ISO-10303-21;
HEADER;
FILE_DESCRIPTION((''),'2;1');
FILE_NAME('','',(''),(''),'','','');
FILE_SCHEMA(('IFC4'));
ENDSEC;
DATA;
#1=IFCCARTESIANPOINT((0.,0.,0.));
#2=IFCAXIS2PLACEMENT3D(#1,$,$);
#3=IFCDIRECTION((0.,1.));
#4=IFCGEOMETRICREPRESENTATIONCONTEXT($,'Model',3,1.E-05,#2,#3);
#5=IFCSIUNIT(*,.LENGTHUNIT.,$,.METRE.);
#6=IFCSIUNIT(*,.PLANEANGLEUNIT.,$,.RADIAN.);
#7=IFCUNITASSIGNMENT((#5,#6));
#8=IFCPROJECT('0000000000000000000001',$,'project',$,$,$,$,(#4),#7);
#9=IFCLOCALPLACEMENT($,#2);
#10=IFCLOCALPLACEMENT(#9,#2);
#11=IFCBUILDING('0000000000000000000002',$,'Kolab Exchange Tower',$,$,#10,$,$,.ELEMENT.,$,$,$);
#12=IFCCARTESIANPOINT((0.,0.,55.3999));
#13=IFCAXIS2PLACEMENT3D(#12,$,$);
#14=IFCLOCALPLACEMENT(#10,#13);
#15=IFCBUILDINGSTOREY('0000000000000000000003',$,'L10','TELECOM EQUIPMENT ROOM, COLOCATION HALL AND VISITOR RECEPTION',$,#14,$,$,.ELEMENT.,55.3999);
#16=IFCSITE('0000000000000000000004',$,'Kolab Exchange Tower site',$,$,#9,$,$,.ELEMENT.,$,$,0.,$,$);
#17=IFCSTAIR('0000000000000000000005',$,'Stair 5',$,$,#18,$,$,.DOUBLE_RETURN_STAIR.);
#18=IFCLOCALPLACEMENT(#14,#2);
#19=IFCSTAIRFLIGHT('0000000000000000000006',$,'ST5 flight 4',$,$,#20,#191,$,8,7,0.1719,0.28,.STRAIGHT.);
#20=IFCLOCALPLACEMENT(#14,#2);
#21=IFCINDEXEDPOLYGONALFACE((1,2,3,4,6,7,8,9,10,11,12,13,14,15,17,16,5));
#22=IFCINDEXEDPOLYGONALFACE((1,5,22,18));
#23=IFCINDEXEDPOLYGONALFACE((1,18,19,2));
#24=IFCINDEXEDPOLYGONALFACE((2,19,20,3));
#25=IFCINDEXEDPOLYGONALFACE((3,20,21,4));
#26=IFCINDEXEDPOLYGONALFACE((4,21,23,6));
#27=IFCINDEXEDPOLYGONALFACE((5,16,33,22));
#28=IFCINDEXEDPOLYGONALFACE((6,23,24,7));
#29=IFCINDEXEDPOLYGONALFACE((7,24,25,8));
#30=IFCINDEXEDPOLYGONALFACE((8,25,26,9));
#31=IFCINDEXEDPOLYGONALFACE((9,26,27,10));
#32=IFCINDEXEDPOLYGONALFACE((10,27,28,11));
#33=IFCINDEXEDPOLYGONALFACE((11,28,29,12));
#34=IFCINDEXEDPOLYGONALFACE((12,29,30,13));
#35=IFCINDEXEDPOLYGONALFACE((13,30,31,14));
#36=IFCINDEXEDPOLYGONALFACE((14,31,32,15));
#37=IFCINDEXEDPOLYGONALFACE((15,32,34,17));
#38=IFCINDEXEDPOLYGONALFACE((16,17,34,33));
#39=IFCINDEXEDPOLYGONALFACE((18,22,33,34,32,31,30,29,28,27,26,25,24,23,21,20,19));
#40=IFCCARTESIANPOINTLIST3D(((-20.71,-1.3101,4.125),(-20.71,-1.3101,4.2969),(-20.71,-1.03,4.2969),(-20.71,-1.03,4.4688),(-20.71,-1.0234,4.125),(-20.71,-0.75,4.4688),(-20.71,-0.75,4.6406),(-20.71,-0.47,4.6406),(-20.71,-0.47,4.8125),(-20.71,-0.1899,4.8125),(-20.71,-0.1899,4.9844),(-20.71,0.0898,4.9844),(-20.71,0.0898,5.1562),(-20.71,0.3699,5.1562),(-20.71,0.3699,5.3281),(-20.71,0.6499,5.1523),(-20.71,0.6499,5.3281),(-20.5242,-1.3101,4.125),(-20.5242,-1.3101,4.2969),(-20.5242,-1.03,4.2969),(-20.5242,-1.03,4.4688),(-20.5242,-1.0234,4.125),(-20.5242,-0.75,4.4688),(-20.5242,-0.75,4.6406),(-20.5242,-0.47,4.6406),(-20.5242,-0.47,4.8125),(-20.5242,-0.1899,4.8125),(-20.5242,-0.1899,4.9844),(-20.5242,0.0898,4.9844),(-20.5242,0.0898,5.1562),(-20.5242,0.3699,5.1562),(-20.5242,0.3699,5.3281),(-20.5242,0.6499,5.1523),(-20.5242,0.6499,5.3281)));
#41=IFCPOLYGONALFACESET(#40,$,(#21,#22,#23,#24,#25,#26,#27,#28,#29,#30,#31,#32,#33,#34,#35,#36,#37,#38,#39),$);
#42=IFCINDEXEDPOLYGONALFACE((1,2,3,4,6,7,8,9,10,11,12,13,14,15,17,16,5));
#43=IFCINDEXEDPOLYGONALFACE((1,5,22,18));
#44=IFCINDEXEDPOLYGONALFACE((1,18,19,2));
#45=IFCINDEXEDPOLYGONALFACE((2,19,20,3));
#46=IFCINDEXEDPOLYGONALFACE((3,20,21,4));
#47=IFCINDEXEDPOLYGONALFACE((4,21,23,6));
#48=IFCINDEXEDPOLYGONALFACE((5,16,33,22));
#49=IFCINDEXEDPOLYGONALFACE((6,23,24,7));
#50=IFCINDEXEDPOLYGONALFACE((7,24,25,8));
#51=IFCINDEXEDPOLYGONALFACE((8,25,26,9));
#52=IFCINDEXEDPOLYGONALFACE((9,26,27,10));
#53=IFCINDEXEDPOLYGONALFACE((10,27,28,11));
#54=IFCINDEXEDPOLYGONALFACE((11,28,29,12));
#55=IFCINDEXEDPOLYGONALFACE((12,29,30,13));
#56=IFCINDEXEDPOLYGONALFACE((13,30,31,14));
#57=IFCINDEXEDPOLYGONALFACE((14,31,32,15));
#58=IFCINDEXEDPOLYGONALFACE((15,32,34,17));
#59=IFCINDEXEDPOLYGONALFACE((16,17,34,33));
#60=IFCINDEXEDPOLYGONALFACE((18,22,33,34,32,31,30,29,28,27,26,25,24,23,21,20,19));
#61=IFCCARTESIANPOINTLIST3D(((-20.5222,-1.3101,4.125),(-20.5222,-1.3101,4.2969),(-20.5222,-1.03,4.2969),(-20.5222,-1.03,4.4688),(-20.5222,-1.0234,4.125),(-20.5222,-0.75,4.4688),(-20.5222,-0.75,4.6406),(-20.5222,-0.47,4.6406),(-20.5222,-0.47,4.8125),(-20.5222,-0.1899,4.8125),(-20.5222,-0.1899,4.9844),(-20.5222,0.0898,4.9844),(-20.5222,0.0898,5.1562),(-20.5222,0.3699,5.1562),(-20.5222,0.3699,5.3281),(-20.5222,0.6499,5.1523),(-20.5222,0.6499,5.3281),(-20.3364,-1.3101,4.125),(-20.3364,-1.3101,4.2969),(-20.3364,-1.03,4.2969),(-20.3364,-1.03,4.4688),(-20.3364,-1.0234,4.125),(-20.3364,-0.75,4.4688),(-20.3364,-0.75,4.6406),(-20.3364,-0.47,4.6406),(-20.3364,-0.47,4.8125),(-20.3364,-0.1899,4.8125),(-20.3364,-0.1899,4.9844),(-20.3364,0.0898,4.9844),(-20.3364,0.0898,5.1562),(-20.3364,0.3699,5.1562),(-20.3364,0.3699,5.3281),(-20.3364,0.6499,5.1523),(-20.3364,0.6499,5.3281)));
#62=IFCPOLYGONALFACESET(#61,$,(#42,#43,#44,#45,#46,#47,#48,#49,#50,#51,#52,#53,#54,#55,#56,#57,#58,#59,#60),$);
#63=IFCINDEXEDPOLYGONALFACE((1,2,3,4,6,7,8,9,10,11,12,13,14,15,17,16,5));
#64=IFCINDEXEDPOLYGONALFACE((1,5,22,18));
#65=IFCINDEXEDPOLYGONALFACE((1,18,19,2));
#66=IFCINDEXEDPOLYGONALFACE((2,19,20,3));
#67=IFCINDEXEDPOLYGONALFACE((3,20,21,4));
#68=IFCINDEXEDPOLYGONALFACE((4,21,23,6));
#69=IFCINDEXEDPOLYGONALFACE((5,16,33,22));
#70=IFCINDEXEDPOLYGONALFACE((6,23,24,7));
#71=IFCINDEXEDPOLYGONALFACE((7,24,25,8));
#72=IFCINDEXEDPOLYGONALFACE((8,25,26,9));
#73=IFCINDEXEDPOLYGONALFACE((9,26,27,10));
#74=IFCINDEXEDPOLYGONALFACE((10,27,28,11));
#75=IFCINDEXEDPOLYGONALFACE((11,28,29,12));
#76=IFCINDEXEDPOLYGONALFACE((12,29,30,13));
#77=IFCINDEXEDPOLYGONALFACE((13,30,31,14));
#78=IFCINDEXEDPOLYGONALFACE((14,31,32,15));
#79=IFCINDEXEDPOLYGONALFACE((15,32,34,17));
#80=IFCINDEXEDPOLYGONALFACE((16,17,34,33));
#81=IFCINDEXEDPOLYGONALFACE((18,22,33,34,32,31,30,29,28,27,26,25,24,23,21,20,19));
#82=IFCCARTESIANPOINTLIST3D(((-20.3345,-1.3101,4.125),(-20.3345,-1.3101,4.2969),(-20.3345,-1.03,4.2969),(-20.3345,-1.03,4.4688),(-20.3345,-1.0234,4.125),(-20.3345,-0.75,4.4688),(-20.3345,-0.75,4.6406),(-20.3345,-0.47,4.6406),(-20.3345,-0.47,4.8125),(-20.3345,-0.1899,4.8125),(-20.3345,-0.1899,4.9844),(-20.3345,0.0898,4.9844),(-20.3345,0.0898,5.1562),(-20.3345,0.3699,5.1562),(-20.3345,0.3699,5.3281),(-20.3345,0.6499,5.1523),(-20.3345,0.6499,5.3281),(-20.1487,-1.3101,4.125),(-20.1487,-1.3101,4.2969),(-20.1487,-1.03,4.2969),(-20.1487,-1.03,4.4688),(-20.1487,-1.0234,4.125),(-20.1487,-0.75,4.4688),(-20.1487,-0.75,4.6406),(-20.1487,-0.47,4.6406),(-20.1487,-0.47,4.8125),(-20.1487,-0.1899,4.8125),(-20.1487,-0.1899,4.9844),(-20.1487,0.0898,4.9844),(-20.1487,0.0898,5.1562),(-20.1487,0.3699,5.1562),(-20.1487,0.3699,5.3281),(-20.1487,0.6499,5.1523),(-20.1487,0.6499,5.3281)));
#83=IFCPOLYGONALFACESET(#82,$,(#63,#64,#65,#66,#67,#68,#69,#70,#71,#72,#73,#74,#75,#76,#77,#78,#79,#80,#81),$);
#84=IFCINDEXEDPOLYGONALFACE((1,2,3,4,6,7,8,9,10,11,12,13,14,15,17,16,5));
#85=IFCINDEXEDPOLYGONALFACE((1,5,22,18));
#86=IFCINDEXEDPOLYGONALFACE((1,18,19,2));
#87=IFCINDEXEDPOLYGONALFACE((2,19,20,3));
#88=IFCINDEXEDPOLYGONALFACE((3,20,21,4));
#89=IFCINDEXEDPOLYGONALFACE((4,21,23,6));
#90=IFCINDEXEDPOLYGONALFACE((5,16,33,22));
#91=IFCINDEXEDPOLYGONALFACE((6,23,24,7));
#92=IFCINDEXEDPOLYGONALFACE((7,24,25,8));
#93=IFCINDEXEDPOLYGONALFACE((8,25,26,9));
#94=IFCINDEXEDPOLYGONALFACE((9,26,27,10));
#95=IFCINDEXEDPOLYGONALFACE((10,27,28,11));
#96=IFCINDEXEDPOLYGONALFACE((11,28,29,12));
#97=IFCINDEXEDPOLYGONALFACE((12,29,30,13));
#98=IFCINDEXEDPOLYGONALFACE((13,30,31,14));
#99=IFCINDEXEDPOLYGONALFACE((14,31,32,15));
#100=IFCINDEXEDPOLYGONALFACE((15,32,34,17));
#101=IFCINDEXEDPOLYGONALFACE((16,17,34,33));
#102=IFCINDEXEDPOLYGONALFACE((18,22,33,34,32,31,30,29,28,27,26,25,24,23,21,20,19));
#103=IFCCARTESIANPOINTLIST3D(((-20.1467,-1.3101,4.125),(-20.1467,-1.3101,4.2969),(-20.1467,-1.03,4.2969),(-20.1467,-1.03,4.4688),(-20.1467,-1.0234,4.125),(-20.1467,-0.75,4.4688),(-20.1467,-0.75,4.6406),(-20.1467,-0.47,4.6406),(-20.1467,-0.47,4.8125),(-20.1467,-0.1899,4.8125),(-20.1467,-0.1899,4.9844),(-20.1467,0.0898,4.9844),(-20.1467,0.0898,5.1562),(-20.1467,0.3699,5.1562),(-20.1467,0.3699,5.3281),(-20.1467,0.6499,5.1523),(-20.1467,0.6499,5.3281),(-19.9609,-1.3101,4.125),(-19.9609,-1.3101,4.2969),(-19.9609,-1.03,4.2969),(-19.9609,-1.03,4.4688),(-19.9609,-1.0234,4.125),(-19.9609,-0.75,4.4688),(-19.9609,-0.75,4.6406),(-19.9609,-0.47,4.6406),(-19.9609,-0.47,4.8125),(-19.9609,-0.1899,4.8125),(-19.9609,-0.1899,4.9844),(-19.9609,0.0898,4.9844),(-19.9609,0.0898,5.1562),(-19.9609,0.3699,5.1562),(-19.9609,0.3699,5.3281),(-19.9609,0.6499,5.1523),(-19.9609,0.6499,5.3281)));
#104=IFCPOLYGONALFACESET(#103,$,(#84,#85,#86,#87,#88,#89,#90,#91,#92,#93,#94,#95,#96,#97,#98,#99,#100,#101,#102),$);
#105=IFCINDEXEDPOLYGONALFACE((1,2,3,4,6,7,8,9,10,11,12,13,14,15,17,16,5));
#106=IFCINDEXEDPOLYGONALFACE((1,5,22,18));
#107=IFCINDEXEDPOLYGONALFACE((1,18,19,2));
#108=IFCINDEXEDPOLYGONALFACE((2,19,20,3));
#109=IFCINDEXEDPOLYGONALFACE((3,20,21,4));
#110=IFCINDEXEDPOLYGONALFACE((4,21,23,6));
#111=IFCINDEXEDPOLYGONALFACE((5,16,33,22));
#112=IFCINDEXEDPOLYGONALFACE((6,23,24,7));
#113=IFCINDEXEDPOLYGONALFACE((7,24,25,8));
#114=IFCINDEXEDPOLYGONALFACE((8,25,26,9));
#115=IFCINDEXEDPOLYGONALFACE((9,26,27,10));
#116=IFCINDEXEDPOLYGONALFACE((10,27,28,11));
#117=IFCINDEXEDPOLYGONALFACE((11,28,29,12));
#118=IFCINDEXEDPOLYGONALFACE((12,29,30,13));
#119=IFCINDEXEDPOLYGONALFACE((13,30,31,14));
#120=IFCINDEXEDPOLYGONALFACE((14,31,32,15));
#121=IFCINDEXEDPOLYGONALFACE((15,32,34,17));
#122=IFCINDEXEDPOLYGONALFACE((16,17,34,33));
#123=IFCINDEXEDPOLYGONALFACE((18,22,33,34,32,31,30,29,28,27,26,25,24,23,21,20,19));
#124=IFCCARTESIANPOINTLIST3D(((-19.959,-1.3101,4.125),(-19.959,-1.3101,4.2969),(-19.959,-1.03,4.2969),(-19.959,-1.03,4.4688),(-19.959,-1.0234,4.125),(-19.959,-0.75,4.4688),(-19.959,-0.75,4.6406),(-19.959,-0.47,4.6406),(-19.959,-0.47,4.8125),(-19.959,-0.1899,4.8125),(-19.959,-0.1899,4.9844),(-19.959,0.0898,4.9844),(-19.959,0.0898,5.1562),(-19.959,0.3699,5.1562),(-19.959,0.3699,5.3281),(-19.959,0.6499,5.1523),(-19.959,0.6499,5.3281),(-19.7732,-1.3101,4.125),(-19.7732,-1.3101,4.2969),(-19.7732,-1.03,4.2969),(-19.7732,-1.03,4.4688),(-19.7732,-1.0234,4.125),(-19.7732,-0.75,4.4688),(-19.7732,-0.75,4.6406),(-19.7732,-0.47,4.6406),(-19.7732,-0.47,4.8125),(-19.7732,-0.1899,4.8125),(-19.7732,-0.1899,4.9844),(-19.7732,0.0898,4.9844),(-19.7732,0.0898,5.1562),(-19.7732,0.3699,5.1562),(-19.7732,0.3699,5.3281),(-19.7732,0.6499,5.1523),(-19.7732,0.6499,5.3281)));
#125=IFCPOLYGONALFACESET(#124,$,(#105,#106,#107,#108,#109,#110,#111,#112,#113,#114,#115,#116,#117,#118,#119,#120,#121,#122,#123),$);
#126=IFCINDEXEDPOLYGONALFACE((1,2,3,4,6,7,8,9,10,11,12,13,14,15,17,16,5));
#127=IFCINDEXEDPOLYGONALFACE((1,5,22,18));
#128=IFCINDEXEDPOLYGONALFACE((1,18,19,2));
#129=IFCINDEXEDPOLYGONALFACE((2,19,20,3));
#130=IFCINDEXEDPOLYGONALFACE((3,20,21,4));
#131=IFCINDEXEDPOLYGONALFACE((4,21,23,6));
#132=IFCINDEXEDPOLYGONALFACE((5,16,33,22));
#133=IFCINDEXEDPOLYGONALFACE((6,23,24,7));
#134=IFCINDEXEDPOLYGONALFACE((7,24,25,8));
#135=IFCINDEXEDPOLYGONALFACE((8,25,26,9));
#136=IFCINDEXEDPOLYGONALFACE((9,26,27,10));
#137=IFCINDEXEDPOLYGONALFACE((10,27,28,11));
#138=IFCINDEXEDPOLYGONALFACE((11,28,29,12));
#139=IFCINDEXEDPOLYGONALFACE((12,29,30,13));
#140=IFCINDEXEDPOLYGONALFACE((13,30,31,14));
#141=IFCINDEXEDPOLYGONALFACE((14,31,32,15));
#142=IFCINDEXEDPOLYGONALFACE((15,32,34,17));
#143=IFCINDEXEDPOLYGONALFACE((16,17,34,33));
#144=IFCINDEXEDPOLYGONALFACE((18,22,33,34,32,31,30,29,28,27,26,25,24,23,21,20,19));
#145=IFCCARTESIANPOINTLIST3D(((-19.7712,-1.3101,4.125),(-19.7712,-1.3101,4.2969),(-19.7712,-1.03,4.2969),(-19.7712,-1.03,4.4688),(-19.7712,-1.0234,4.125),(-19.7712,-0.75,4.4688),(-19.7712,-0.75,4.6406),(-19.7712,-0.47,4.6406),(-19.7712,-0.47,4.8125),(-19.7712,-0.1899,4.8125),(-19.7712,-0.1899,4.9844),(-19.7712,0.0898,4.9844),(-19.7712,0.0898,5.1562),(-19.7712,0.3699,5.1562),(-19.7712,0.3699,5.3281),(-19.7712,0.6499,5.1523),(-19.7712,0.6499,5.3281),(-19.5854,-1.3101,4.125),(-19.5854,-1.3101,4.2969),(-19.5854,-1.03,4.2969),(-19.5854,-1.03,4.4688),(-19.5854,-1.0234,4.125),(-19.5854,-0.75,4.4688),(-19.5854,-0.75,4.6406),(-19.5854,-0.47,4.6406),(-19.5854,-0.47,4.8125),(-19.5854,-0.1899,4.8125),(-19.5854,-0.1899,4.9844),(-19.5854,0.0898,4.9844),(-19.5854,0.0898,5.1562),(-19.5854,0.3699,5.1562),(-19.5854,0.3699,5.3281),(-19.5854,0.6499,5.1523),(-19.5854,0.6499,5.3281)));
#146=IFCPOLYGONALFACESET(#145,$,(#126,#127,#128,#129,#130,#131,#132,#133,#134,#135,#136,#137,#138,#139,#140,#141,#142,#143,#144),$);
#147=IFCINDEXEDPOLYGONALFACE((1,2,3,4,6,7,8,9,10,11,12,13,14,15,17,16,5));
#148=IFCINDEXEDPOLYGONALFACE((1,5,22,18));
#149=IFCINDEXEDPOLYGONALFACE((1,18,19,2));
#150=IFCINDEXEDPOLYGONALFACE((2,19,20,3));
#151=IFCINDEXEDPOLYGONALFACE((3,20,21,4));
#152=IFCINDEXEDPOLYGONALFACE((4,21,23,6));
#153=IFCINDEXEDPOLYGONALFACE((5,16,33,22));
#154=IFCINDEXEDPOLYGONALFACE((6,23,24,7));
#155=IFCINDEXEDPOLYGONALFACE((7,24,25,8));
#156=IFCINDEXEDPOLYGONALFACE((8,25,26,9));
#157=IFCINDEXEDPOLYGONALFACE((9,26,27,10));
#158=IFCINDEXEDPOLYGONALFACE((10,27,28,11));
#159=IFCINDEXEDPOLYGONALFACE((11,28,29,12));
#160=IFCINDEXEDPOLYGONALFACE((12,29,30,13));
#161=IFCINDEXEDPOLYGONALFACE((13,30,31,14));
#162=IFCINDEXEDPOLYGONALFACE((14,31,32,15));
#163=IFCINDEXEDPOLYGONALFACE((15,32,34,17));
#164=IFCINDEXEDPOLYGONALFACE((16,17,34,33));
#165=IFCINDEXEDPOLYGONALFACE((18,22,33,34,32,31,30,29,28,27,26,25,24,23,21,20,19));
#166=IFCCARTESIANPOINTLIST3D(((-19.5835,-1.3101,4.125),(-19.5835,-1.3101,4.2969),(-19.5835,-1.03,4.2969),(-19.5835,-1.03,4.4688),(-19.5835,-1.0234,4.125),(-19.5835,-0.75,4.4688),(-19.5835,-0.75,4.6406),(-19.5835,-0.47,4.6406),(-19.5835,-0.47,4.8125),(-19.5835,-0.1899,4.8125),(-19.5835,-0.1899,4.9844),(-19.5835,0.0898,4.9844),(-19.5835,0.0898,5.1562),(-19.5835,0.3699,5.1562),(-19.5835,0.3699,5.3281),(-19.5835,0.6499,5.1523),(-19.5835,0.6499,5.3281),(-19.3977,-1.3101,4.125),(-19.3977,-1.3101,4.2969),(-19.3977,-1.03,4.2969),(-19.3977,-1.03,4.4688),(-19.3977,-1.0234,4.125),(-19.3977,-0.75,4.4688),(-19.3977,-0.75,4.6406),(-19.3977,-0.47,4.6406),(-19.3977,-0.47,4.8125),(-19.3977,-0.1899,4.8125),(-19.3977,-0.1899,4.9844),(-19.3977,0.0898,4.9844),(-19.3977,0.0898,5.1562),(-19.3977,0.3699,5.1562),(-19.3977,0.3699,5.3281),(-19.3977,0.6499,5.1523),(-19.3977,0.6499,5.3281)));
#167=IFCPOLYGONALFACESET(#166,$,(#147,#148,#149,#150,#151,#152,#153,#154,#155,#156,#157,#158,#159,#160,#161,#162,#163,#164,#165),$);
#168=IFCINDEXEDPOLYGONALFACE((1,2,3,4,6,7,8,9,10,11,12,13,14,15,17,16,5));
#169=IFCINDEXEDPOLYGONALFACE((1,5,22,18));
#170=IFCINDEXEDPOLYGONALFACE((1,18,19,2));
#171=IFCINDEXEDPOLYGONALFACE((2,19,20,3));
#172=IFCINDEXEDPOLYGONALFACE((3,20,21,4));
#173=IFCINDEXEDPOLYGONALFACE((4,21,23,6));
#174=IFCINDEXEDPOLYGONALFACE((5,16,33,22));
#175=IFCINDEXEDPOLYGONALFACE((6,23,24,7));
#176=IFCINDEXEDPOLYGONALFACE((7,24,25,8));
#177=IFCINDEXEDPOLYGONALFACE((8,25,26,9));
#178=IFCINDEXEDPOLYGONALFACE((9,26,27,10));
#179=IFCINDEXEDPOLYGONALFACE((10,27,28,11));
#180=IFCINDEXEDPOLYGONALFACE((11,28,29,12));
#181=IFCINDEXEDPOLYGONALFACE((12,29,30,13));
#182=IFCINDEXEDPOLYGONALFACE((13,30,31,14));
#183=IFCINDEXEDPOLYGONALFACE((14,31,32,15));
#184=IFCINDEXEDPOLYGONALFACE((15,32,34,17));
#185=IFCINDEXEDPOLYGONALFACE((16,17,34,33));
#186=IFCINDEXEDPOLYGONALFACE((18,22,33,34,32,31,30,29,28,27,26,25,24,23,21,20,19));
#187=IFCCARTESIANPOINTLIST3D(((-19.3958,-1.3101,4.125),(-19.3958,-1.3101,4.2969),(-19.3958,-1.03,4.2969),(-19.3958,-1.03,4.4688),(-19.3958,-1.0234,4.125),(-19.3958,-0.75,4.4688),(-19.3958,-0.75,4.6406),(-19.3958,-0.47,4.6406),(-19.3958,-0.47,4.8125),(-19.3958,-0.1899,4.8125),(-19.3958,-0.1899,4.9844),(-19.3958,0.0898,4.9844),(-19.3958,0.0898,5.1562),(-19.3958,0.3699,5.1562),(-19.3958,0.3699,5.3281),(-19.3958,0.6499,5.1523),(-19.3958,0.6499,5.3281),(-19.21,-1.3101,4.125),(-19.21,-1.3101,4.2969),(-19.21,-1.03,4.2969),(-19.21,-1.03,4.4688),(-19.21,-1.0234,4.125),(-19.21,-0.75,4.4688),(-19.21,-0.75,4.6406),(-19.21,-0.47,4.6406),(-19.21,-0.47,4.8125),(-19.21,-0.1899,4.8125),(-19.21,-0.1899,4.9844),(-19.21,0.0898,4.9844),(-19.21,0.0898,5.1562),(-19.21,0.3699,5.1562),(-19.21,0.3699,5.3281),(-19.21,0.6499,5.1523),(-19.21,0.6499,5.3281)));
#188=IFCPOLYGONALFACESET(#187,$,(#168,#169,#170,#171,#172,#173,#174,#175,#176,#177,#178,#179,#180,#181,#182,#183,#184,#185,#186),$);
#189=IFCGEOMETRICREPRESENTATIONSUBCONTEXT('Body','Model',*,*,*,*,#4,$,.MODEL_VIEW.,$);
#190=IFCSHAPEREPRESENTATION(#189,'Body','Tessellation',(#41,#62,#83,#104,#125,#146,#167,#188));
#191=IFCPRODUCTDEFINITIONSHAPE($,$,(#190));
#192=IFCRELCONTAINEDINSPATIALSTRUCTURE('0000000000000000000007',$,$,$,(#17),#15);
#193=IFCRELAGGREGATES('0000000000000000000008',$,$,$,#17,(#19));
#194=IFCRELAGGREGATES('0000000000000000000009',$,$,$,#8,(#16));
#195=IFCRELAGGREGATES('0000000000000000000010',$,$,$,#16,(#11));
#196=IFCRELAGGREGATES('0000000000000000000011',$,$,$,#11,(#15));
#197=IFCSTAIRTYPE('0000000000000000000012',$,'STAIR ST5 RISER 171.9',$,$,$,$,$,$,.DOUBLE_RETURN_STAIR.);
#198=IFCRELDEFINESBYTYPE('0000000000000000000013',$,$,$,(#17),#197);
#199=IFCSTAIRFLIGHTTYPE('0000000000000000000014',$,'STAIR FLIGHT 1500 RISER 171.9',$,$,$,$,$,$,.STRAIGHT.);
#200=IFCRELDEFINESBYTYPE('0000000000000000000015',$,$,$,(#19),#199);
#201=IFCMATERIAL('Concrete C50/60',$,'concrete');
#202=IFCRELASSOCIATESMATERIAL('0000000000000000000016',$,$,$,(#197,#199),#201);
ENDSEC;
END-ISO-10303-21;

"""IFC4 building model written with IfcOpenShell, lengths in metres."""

from ifc_helpers import new_model, si_unit, direction, frame, origin, place, context, subcontext, project, spatial, polyline, outline, extrude, material, type_object, element, aggregate, save


model = new_model("IFC4")

# Units and contexts
model_context = context("Model", 3, precision=1e-05, world=origin(), true_north=direction((0.0, 1.0)))
body_context = subcontext(model_context, "Body", "Model", "MODEL_VIEW")
ifc_project = project(units=[si_unit("LENGTHUNIT", "METRE"), si_unit("PLANEANGLEUNIT", "RADIAN")], contexts=[model_context])

# Site, building, storey
site_placement = place(None, origin())
site = spatial("IfcSite", under=ifc_project, at=site_placement, Name="Kolab Exchange Tower site", CompositionType="ELEMENT", RefElevation=0.0)
building_placement = place(site_placement, origin())
building = spatial("IfcBuilding", under=site, at=building_placement, Name="Kolab Exchange Tower", CompositionType="ELEMENT")
storey_placement = place(building_placement, frame((0.0, 0.0, 55.3999)))
storey = spatial("IfcBuildingStorey", under=building, at=storey_placement, Name="L10", Description="TELECOM EQUIPMENT ROOM, COLOCATION HALL AND VISITOR RECEPTION", CompositionType="ELEMENT", Elevation=55.3999)

# Shared definitions
ifc_material_1 = material(Name="Concrete C50/60", Category="concrete")

# Stair, stair flight
stair_type = type_object("IfcStairType", Name="STAIR ST5 RISER 171.9", PredefinedType="DOUBLE_RETURN_STAIR", material=ifc_material_1)
stair_placement = place(storey_placement, origin())
stair = element("IfcStair", 1, at=stair_placement, inside=storey, type_object=stair_type, Name="Stair 5", PredefinedType="DOUBLE_RETURN_STAIR")
stair_flight_type = type_object("IfcStairFlightType", Name="STAIR FLIGHT 1500 RISER 171.9", PredefinedType="STRAIGHT", material=ifc_material_1)
stair_flight_1_placement = place(storey_placement, frame((-19.96, -1.3101, 4.125), z_axis=(0.0, 0.0, 1.0), x_axis=(0.0, 1.0, 0.0)))
stair_flight_1 = element("IfcStairFlight", 2, at=stair_flight_1_placement, type_object=stair_flight_type, Name="ST5 flight 4", NumberOfRisers=8, NumberOfTreads=7, PredefinedType="STRAIGHT", RiserHeight=0.1719, TreadLength=0.28, context=body_context, shape_type="SweptSolid", body=[
    extrude(outline(polyline([(0.0, 0.0), (0.0, 0.1719), (0.28, 0.1719), (0.28, 0.3438), (0.5601, 0.3438), (0.5601, 0.5156), (0.8401, 0.5156), (0.8401, 0.6875), (1.1201, 0.6875), (1.1201, 0.8594), (1.3999, 0.8594), (1.3999, 1.0312), (1.6799, 1.0312), (1.6799, 1.2031), (1.96, 1.2031), (1.96, 1.375), (1.96, 1.0273), (0.2866, 0.0), (0.0, 0.0)])), frame((0.0, 0.75, 0.0), z_axis=(0.0, -1.0, 0.0), x_axis=(1.0, 0.0, 0.0)), (0.0, 0.0, 1.0), 0.1858),
    extrude(outline(polyline([(0.0, 0.0), (0.0, 0.1719), (0.28, 0.1719), (0.28, 0.3438), (0.5601, 0.3438), (0.5601, 0.5156), (0.8401, 0.5156), (0.8401, 0.6875), (1.1201, 0.6875), (1.1201, 0.8594), (1.3999, 0.8594), (1.3999, 1.0312), (1.6799, 1.0312), (1.6799, 1.2031), (1.96, 1.2031), (1.96, 1.375), (1.96, 1.0273), (0.2866, 0.0), (0.0, 0.0)])), frame((0.0, 0.5623, 0.0), z_axis=(0.0, -1.0, 0.0), x_axis=(1.0, 0.0, 0.0)), (0.0, 0.0, 1.0), 0.1858),
    extrude(outline(polyline([(0.0, 0.0), (0.0, 0.1719), (0.28, 0.1719), (0.28, 0.3438), (0.5601, 0.3438), (0.5601, 0.5156), (0.8401, 0.5156), (0.8401, 0.6875), (1.1201, 0.6875), (1.1201, 0.8594), (1.3999, 0.8594), (1.3999, 1.0312), (1.6799, 1.0312), (1.6799, 1.2031), (1.96, 1.2031), (1.96, 1.375), (1.96, 1.0273), (0.2866, 0.0), (0.0, 0.0)])), frame((0.0, 0.3745, 0.0), z_axis=(0.0, -1.0, 0.0), x_axis=(1.0, 0.0, 0.0)), (0.0, 0.0, 1.0), 0.1858),
    extrude(outline(polyline([(0.0, 0.0), (0.0, 0.1719), (0.28, 0.1719), (0.28, 0.3438), (0.5601, 0.3438), (0.5601, 0.5156), (0.8401, 0.5156), (0.8401, 0.6875), (1.1201, 0.6875), (1.1201, 0.8594), (1.3999, 0.8594), (1.3999, 1.0312), (1.6799, 1.0312), (1.6799, 1.2031), (1.96, 1.2031), (1.96, 1.375), (1.96, 1.0273), (0.2866, 0.0), (0.0, 0.0)])), frame((0.0, 0.1868, 0.0), z_axis=(0.0, -1.0, 0.0), x_axis=(1.0, 0.0, 0.0)), (0.0, 0.0, 1.0), 0.1858),
    extrude(outline(polyline([(0.0, 0.0), (0.0, 0.1719), (0.28, 0.1719), (0.28, 0.3438), (0.5601, 0.3438), (0.5601, 0.5156), (0.8401, 0.5156), (0.8401, 0.6875), (1.1201, 0.6875), (1.1201, 0.8594), (1.3999, 0.8594), (1.3999, 1.0312), (1.6799, 1.0312), (1.6799, 1.2031), (1.96, 1.2031), (1.96, 1.375), (1.96, 1.0273), (0.2866, 0.0), (0.0, 0.0)])), frame((0.0, -0.001, 0.0), z_axis=(0.0, -1.0, 0.0), x_axis=(1.0, 0.0, 0.0)), (0.0, 0.0, 1.0), 0.1858),
    extrude(outline(polyline([(0.0, 0.0), (0.0, 0.1719), (0.28, 0.1719), (0.28, 0.3438), (0.5601, 0.3438), (0.5601, 0.5156), (0.8401, 0.5156), (0.8401, 0.6875), (1.1201, 0.6875), (1.1201, 0.8594), (1.3999, 0.8594), (1.3999, 1.0312), (1.6799, 1.0312), (1.6799, 1.2031), (1.96, 1.2031), (1.96, 1.375), (1.96, 1.0273), (0.2866, 0.0), (0.0, 0.0)])), frame((0.0, -0.1887, 0.0), z_axis=(0.0, -1.0, 0.0), x_axis=(1.0, 0.0, 0.0)), (0.0, 0.0, 1.0), 0.1858),
    extrude(outline(polyline([(0.0, 0.0), (0.0, 0.1719), (0.28, 0.1719), (0.28, 0.3438), (0.5601, 0.3438), (0.5601, 0.5156), (0.8401, 0.5156), (0.8401, 0.6875), (1.1201, 0.6875), (1.1201, 0.8594), (1.3999, 0.8594), (1.3999, 1.0312), (1.6799, 1.0312), (1.6799, 1.2031), (1.96, 1.2031), (1.96, 1.375), (1.96, 1.0273), (0.2866, 0.0), (0.0, 0.0)])), frame((0.0, -0.3765, 0.0), z_axis=(0.0, -1.0, 0.0), x_axis=(1.0, 0.0, 0.0)), (0.0, 0.0, 1.0), 0.1858),
    extrude(outline(polyline([(0.0, 0.0), (0.0, 0.1719), (0.28, 0.1719), (0.28, 0.3438), (0.5601, 0.3438), (0.5601, 0.5156), (0.8401, 0.5156), (0.8401, 0.6875), (1.1201, 0.6875), (1.1201, 0.8594), (1.3999, 0.8594), (1.3999, 1.0312), (1.6799, 1.0312), (1.6799, 1.2031), (1.96, 1.2031), (1.96, 1.375), (1.96, 1.0273), (0.2866, 0.0), (0.0, 0.0)])), frame((0.0, -0.5642, 0.0), z_axis=(0.0, -1.0, 0.0), x_axis=(1.0, 0.0, 0.0)), (0.0, 0.0, 1.0), 0.1858),
])
aggregate(stair, [stair_flight_1])

save(model, "model.ifc")
